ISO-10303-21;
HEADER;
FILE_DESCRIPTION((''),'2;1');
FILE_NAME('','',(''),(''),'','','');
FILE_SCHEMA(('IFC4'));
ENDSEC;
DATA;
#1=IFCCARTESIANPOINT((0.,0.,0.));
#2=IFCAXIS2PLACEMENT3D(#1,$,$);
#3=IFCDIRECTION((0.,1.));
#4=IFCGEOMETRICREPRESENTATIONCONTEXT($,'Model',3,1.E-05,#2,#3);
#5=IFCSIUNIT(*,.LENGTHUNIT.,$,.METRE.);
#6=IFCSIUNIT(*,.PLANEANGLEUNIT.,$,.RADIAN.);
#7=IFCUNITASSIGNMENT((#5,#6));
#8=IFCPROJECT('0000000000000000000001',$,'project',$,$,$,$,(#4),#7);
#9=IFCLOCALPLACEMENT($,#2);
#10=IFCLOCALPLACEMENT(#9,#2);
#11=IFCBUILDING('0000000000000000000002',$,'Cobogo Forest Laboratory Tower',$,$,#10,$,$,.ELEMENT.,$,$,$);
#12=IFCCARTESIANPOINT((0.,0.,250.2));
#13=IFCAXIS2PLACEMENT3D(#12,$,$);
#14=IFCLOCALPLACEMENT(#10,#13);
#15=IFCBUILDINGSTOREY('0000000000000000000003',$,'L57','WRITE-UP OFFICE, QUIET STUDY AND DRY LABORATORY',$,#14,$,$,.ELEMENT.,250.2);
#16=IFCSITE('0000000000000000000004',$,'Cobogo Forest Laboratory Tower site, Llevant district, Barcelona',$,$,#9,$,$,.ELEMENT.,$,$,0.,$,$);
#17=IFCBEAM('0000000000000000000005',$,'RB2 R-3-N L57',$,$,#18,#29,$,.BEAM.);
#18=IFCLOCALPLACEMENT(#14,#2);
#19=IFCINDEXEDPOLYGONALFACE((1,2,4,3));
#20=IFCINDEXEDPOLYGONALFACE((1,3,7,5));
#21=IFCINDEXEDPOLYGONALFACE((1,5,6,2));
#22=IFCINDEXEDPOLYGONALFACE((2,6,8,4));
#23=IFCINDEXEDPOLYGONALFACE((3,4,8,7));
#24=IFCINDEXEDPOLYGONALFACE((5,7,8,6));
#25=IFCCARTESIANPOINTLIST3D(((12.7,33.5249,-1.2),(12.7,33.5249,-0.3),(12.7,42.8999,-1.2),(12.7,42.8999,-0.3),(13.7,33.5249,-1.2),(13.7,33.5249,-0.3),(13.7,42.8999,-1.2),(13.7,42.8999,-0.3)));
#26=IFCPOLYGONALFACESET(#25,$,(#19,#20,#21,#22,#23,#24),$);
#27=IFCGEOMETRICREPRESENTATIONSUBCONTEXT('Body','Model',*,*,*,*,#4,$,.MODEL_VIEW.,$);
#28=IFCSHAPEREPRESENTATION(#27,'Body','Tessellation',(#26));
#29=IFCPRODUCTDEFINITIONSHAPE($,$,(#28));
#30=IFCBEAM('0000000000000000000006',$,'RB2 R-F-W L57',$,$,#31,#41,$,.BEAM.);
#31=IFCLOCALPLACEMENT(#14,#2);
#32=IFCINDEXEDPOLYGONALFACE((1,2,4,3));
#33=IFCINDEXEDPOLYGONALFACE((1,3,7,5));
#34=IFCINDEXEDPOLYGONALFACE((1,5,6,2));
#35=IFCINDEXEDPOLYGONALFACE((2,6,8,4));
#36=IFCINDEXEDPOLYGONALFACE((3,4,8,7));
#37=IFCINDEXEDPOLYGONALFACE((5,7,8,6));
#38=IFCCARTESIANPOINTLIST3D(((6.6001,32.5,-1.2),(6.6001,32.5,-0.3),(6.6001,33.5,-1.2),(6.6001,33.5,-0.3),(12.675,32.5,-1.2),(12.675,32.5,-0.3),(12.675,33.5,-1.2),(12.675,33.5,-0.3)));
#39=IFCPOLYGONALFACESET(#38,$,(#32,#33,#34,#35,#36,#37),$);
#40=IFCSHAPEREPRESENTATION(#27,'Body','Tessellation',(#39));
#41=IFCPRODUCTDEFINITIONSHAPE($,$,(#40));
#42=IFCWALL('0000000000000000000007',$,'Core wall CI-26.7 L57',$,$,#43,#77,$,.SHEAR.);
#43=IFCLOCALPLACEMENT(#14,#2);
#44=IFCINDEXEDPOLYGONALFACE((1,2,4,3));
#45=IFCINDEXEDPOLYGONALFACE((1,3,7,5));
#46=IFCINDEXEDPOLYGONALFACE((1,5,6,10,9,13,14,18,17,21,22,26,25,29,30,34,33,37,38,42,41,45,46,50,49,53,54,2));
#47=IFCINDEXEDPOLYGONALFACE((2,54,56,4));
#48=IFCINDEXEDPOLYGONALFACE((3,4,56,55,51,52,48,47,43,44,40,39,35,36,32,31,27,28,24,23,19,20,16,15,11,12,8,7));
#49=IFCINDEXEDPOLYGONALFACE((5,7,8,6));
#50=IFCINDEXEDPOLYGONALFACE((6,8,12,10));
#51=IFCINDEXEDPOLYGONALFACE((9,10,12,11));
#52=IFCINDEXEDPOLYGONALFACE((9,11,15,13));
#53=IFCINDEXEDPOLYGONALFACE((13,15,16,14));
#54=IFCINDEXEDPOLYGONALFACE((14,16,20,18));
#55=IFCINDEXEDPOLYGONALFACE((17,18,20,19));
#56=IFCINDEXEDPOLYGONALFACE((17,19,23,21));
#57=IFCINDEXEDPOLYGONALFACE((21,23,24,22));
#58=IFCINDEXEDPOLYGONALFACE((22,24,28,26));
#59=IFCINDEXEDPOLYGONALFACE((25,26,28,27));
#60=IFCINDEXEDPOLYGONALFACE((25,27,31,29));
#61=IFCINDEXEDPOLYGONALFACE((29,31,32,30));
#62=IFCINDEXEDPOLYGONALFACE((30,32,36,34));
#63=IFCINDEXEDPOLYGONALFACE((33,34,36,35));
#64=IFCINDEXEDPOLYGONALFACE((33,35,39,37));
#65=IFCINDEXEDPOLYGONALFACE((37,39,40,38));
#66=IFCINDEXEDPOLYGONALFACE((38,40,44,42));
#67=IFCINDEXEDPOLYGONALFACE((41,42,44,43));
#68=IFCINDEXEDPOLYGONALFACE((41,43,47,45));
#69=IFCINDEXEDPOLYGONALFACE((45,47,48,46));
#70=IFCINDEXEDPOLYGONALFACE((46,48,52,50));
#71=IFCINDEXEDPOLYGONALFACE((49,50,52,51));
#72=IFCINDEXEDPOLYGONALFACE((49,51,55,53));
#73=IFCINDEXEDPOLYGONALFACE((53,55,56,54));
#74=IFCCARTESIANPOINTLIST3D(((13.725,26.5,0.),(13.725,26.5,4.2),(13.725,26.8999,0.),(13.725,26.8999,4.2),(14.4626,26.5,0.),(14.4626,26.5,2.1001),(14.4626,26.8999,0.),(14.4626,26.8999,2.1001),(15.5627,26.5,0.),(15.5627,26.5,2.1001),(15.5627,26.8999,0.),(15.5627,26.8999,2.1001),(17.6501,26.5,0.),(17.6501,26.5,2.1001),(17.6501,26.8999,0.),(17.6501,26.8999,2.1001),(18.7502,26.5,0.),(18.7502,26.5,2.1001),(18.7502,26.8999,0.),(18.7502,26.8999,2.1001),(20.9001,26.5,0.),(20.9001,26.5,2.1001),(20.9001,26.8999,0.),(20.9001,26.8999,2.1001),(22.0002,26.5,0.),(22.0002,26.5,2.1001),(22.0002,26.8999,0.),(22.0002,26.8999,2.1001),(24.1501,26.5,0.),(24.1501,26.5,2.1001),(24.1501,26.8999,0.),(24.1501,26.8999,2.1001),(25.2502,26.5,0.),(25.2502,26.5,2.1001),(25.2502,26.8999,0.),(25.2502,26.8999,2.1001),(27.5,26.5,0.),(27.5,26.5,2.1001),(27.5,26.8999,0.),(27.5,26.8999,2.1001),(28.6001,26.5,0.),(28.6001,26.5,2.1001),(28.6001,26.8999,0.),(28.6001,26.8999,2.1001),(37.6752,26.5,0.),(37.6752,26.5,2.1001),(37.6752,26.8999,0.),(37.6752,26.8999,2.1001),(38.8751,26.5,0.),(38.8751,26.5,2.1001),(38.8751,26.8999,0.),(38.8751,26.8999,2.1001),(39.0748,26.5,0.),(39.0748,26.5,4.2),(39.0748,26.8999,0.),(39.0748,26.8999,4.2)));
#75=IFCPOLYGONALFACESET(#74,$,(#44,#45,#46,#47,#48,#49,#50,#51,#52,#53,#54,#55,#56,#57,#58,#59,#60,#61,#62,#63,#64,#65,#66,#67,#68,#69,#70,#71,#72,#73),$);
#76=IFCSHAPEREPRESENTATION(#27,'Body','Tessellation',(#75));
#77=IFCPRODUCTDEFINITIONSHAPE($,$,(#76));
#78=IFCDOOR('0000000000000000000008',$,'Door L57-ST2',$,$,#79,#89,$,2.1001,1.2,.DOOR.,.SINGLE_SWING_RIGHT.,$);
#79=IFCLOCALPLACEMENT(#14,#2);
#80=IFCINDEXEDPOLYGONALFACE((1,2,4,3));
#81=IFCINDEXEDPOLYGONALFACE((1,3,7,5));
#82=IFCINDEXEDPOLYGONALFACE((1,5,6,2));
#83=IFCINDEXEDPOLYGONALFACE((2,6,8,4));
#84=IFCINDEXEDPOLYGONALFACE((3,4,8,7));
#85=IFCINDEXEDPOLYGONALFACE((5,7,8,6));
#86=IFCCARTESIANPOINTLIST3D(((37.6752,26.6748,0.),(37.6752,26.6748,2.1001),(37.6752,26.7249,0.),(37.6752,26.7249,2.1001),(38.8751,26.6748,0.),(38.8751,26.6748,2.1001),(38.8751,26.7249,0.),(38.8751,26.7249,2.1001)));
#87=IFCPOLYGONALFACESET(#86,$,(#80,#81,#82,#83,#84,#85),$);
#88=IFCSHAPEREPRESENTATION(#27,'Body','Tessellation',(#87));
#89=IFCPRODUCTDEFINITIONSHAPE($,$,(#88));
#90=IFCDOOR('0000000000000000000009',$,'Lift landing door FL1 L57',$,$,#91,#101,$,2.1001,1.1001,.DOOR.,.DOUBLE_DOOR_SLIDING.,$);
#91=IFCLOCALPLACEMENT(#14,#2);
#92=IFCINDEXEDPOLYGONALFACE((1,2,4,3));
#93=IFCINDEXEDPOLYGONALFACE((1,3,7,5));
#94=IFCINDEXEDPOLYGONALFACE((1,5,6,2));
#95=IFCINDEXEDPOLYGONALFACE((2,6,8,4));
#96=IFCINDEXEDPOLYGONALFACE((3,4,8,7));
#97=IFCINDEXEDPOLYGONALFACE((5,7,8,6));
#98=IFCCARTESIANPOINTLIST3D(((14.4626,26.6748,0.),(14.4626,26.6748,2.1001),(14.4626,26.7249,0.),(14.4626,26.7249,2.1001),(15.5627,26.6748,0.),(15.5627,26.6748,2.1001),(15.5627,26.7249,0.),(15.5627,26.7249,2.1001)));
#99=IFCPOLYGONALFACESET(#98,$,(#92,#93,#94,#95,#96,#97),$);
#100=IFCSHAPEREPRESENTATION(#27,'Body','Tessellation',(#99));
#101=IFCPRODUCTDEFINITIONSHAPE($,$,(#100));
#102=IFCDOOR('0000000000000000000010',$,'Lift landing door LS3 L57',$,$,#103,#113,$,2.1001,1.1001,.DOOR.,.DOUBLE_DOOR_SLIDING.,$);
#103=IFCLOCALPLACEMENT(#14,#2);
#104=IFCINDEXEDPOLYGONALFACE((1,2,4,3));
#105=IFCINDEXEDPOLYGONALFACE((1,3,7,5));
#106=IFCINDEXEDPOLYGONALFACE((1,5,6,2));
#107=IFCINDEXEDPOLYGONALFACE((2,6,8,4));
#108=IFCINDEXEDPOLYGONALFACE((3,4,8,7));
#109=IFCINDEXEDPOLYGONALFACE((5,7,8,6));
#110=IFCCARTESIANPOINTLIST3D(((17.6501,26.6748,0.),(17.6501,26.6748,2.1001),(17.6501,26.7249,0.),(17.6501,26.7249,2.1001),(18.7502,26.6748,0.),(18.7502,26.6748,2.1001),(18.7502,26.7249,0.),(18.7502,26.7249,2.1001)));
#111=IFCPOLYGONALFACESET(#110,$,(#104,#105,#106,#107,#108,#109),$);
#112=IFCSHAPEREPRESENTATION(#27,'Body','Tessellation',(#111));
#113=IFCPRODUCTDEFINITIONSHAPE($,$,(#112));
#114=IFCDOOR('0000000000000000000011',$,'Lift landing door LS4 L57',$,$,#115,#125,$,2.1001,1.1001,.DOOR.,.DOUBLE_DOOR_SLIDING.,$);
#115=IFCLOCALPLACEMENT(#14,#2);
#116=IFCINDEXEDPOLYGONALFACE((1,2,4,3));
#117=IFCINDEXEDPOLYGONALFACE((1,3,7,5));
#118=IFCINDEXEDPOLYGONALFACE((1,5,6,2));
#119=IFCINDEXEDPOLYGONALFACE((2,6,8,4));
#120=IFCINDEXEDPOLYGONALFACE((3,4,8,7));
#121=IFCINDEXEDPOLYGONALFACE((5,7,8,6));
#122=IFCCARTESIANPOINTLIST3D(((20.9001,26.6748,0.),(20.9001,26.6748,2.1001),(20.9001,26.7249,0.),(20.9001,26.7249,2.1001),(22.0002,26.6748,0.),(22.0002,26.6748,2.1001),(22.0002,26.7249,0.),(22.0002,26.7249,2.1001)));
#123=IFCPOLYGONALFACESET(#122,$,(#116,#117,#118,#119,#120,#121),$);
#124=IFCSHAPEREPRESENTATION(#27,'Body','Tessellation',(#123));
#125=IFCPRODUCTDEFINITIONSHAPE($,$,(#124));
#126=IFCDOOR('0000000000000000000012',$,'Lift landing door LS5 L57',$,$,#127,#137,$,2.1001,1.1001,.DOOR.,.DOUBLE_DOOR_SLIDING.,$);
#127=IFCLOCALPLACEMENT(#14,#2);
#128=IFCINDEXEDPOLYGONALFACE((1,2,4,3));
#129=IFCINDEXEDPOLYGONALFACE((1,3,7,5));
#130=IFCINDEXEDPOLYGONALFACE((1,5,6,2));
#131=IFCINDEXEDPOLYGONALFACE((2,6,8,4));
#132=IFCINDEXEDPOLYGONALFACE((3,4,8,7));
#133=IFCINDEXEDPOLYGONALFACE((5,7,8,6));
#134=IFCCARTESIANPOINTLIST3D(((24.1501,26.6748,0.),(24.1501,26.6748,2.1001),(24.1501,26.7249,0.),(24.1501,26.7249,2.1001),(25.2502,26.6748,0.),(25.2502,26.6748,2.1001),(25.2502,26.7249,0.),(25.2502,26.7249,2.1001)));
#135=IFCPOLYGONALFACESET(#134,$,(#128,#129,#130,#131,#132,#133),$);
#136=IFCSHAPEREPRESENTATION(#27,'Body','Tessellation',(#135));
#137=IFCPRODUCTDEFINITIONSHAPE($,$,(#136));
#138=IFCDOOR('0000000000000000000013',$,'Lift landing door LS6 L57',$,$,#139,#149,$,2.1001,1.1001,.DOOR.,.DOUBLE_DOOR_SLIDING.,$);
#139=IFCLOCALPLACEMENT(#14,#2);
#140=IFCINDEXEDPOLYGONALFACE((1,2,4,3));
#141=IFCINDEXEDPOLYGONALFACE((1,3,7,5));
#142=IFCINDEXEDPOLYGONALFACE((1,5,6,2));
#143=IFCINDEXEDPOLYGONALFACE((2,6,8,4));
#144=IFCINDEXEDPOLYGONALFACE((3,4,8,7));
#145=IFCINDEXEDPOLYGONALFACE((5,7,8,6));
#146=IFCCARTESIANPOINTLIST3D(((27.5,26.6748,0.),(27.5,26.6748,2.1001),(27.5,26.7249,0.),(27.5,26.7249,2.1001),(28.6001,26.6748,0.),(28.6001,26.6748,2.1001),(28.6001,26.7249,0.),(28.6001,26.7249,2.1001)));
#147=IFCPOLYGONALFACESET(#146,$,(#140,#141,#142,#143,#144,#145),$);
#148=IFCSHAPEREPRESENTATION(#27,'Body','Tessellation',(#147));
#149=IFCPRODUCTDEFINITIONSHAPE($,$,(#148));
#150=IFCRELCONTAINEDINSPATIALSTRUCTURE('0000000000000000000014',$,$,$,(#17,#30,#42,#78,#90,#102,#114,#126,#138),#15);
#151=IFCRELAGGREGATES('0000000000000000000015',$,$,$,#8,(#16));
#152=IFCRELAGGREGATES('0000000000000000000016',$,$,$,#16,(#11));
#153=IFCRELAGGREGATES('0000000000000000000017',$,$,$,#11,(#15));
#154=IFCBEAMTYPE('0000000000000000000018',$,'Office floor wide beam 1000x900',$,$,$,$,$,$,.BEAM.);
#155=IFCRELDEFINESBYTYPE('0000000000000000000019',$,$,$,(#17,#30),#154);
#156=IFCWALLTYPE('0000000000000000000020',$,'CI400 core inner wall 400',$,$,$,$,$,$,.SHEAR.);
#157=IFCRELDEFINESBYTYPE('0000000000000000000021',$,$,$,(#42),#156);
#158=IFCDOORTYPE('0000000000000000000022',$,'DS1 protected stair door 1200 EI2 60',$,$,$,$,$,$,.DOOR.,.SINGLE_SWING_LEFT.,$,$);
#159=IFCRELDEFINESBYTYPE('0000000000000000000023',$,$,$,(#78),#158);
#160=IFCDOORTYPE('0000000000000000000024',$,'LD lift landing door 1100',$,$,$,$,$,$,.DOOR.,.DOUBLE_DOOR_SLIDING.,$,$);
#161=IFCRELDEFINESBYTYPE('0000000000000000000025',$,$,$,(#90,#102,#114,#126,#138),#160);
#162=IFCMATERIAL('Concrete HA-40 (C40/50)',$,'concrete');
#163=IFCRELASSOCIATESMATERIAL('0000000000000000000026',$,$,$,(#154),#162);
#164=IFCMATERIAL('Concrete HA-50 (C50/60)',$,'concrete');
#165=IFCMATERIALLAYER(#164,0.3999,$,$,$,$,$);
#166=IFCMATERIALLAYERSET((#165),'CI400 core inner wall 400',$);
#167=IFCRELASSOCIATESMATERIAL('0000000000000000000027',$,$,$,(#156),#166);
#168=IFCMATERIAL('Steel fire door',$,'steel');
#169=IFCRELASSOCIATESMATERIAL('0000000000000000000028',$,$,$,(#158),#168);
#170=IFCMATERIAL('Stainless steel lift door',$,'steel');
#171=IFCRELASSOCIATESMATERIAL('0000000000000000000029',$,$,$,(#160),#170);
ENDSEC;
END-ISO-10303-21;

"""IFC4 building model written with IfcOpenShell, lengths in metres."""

from ifc_helpers import new_model, si_unit, direction, frame, frame_2d, origin, origin_2d, place, context, subcontext, project, spatial, rectangle, extrude, material, layer, layer_set, material_profile, profile_set, type_object, element, fill, save


model = new_model("IFC4")

# Units and contexts
model_context = context("Model", 3, precision=1e-05, world=origin(), true_north=direction((0.0, 1.0)))
body_context = subcontext(model_context, "Body", "Model", "MODEL_VIEW")
ifc_project = project(units=[si_unit("LENGTHUNIT", "METRE"), si_unit("PLANEANGLEUNIT", "RADIAN")], contexts=[model_context])

# Site, building, storey
site_placement = place(None, origin())
site = spatial("IfcSite", under=ifc_project, at=site_placement, Name="Cobogo Forest Laboratory Tower site, Llevant district, Barcelona", CompositionType="ELEMENT", RefElevation=0.0)
building_placement = place(site_placement, origin())
building = spatial("IfcBuilding", under=site, at=building_placement, Name="Cobogo Forest Laboratory Tower", CompositionType="ELEMENT")
storey_placement = place(building_placement, frame((0.0, 0.0, 250.2)))
storey = spatial("IfcBuildingStorey", under=building, at=storey_placement, Name="L57", Description="WRITE-UP OFFICE, QUIET STUDY AND DRY LABORATORY", CompositionType="ELEMENT", Elevation=250.2)

# Beams
ifc_material_1 = material(Name="Concrete HA-40 (C40/50)", Category="concrete")
ifc_material_profile = material_profile(ifc_material_1, rectangle(XDim=1.0, YDim=0.8999, at=origin_2d()), Name="RC 1000x900")
ifc_profile_set = profile_set([ifc_material_profile], Name="Concrete HA-40 (C40/50)")
beam_type = type_object("IfcBeamType", Name="Office floor wide beam 1000x900", PredefinedType="BEAM", material=ifc_profile_set)
beam_1_placement = place(storey_placement, frame((13.2, 33.5249, -0.75), z_axis=(0.0, 1.0, 0.0), x_axis=(-1.0, 0.0, 0.0)))
element("IfcBeam", 1, at=beam_1_placement, inside=storey, type_object=beam_type, Name="RB2 R-3-N L57", PredefinedType="BEAM", context=body_context, shape_type="SweptSolid", body=[
    extrude(rectangle(XDim=1.0, YDim=0.8999, at=origin_2d()), origin(), (0.0, 0.0, 1.0), 9.375),
])
beam_2_placement = place(storey_placement, frame((12.675, 33.0, -0.75), z_axis=(-1.0, 0.0, 0.0), x_axis=(0.0, -1.0, 0.0)))
element("IfcBeam", 2, at=beam_2_placement, inside=storey, type_object=beam_type, Name="RB2 R-F-W L57", PredefinedType="BEAM", context=body_context, shape_type="SweptSolid", body=[
    extrude(rectangle(XDim=1.0, YDim=0.8999, at=origin_2d()), origin(), (0.0, 0.0, 1.0), 6.075),
])

# Wall, openings, doors
ifc_material_2 = material(Name="Concrete HA-50 (C50/60)", Category="concrete")
ifc_layer_1 = layer(ifc_material_2, 0.3999)
ifc_layer_set_1 = layer_set([ifc_layer_1], Name="CI400 core inner wall 400")
wall_type_1 = type_object("IfcWallType", Name="CI400 core inner wall 400", PredefinedType="SHEAR", material=ifc_layer_set_1)
wall_1_placement = place(storey_placement, frame((13.7251, 26.7, 0.0), z_axis=(0.0, 0.0, 1.0), x_axis=(1.0, 0.0, 0.0)))
wall_1 = element("IfcWall", 3, at=wall_1_placement, inside=storey, type_object=wall_type_1, Name="Core wall CI-26.7 L57", PredefinedType="SHEAR", context=body_context, shape_type="SweptSolid", body=[
    extrude(rectangle(XDim=25.3499, YDim=0.3999, at=frame_2d((12.6748, 0.0))), origin(), (0.0, 0.0, 1.0), 4.2),
])
opening_1_placement = place(wall_1_placement, frame((23.95, 0.0, 0.0)))
opening_1 = element("IfcOpeningElement", 4, at=opening_1_placement, cuts=wall_1, PredefinedType="OPENING", context=body_context, shape_type="SweptSolid", body=[
    extrude(rectangle(XDim=1.2, YDim=2.1001, at=frame_2d((0.6001, 1.05))), frame((0.0, 0.21, 0.0), z_axis=(0.0, -1.0, 0.0), x_axis=(1.0, 0.0, 0.0)), (0.0, 0.0, 1.0), 0.4199),
])
opening_2_placement = place(wall_1_placement, frame((0.7375, 0.0, 0.0)))
opening_2 = element("IfcOpeningElement", 5, at=opening_2_placement, cuts=wall_1, PredefinedType="OPENING", context=body_context, shape_type="SweptSolid", body=[
    extrude(rectangle(XDim=1.1001, YDim=2.1001, at=frame_2d((0.55, 1.05))), frame((0.0, 0.21, 0.0), z_axis=(0.0, -1.0, 0.0), x_axis=(1.0, 0.0, 0.0)), (0.0, 0.0, 1.0), 0.4199),
])
opening_3_placement = place(wall_1_placement, frame((3.925, 0.0, 0.0)))
opening_3 = element("IfcOpeningElement", 6, at=opening_3_placement, cuts=wall_1, PredefinedType="OPENING", context=body_context, shape_type="SweptSolid", body=[
    extrude(rectangle(XDim=1.1001, YDim=2.1001, at=frame_2d((0.55, 1.05))), frame((0.0, 0.21, 0.0), z_axis=(0.0, -1.0, 0.0), x_axis=(1.0, 0.0, 0.0)), (0.0, 0.0, 1.0), 0.4199),
])
opening_4_placement = place(wall_1_placement, frame((7.175, 0.0, 0.0)))
opening_4 = element("IfcOpeningElement", 7, at=opening_4_placement, cuts=wall_1, PredefinedType="OPENING", context=body_context, shape_type="SweptSolid", body=[
    extrude(rectangle(XDim=1.1001, YDim=2.1001, at=frame_2d((0.55, 1.05))), frame((0.0, 0.21, 0.0), z_axis=(0.0, -1.0, 0.0), x_axis=(1.0, 0.0, 0.0)), (0.0, 0.0, 1.0), 0.4199),
])
opening_5_placement = place(wall_1_placement, frame((10.425, 0.0, 0.0)))
opening_5 = element("IfcOpeningElement", 8, at=opening_5_placement, cuts=wall_1, PredefinedType="OPENING", context=body_context, shape_type="SweptSolid", body=[
    extrude(rectangle(XDim=1.1001, YDim=2.1001, at=frame_2d((0.55, 1.05))), frame((0.0, 0.21, 0.0), z_axis=(0.0, -1.0, 0.0), x_axis=(1.0, 0.0, 0.0)), (0.0, 0.0, 1.0), 0.4199),
])
opening_6_placement = place(wall_1_placement, frame((13.7749, 0.0, 0.0)))
opening_6 = element("IfcOpeningElement", 9, at=opening_6_placement, cuts=wall_1, PredefinedType="OPENING", context=body_context, shape_type="SweptSolid", body=[
    extrude(rectangle(XDim=1.1001, YDim=2.1001, at=frame_2d((0.55, 1.05))), frame((0.0, 0.21, 0.0), z_axis=(0.0, -1.0, 0.0), x_axis=(1.0, 0.0, 0.0)), (0.0, 0.0, 1.0), 0.4199),
])
ifc_material_3 = material(Name="Steel fire door", Category="steel")
door_type_1 = type_object("IfcDoorType", Name="DS1 protected stair door 1200 EI2 60", OperationType="SINGLE_SWING_LEFT", PredefinedType="DOOR", material=ifc_material_3)
door_1_placement = place(opening_1_placement, origin())
door_1 = element("IfcDoor", 10, at=door_1_placement, inside=storey, type_object=door_type_1, Name="Door L57-ST2", OperationType="SINGLE_SWING_RIGHT", OverallHeight=2.1001, OverallWidth=1.2, PredefinedType="DOOR", context=body_context, shape_type="SweptSolid", body=[
    extrude(rectangle(XDim=1.2, YDim=2.1001, at=frame_2d((0.6001, 1.05))), frame((0.0, 0.0249, 0.0), z_axis=(0.0, -1.0, 0.0), x_axis=(1.0, 0.0, 0.0)), (0.0, 0.0, 1.0), 0.05),
])
fill(opening_1, door_1)
ifc_material_4 = material(Name="Stainless steel lift door", Category="steel")
door_type_2 = type_object("IfcDoorType", Name="LD lift landing door 1100", OperationType="DOUBLE_DOOR_SLIDING", PredefinedType="DOOR", material=ifc_material_4)
door_2_placement = place(opening_2_placement, origin())
door_2 = element("IfcDoor", 11, at=door_2_placement, inside=storey, type_object=door_type_2, Name="Lift landing door FL1 L57", OperationType="DOUBLE_DOOR_SLIDING", OverallHeight=2.1001, OverallWidth=1.1001, PredefinedType="DOOR", context=body_context, shape_type="SweptSolid", body=[
    extrude(rectangle(XDim=1.1001, YDim=2.1001, at=frame_2d((0.55, 1.05))), frame((0.0, 0.0249, 0.0), z_axis=(0.0, -1.0, 0.0), x_axis=(1.0, 0.0, 0.0)), (0.0, 0.0, 1.0), 0.05),
])
fill(opening_2, door_2)
door_3_placement = place(opening_3_placement, origin())
door_3 = element("IfcDoor", 12, at=door_3_placement, inside=storey, type_object=door_type_2, Name="Lift landing door LS3 L57", OperationType="DOUBLE_DOOR_SLIDING", OverallHeight=2.1001, OverallWidth=1.1001, PredefinedType="DOOR", context=body_context, shape_type="SweptSolid", body=[
    extrude(rectangle(XDim=1.1001, YDim=2.1001, at=frame_2d((0.55, 1.05))), frame((0.0, 0.0249, 0.0), z_axis=(0.0, -1.0, 0.0), x_axis=(1.0, 0.0, 0.0)), (0.0, 0.0, 1.0), 0.05),
])
fill(opening_3, door_3)
door_4_placement = place(opening_4_placement, origin())
door_4 = element("IfcDoor", 13, at=door_4_placement, inside=storey, type_object=door_type_2, Name="Lift landing door LS4 L57", OperationType="DOUBLE_DOOR_SLIDING", OverallHeight=2.1001, OverallWidth=1.1001, PredefinedType="DOOR", context=body_context, shape_type="SweptSolid", body=[
    extrude(rectangle(XDim=1.1001, YDim=2.1001, at=frame_2d((0.55, 1.05))), frame((0.0, 0.0249, 0.0), z_axis=(0.0, -1.0, 0.0), x_axis=(1.0, 0.0, 0.0)), (0.0, 0.0, 1.0), 0.05),
])
fill(opening_4, door_4)
door_5_placement = place(opening_5_placement, origin())
door_5 = element("IfcDoor", 14, at=door_5_placement, inside=storey, type_object=door_type_2, Name="Lift landing door LS5 L57", OperationType="DOUBLE_DOOR_SLIDING", OverallHeight=2.1001, OverallWidth=1.1001, PredefinedType="DOOR", context=body_context, shape_type="SweptSolid", body=[
    extrude(rectangle(XDim=1.1001, YDim=2.1001, at=frame_2d((0.55, 1.05))), frame((0.0, 0.0249, 0.0), z_axis=(0.0, -1.0, 0.0), x_axis=(1.0, 0.0, 0.0)), (0.0, 0.0, 1.0), 0.05),
])
fill(opening_5, door_5)
door_6_placement = place(opening_6_placement, origin())
door_6 = element("IfcDoor", 15, at=door_6_placement, inside=storey, type_object=door_type_2, Name="Lift landing door LS6 L57", OperationType="DOUBLE_DOOR_SLIDING", OverallHeight=2.1001, OverallWidth=1.1001, PredefinedType="DOOR", context=body_context, shape_type="SweptSolid", body=[
    extrude(rectangle(XDim=1.1001, YDim=2.1001, at=frame_2d((0.55, 1.05))), frame((0.0, 0.0249, 0.0), z_axis=(0.0, -1.0, 0.0), x_axis=(1.0, 0.0, 0.0)), (0.0, 0.0, 1.0), 0.05),
])
fill(opening_6, door_6)

save(model, "model.ifc")
